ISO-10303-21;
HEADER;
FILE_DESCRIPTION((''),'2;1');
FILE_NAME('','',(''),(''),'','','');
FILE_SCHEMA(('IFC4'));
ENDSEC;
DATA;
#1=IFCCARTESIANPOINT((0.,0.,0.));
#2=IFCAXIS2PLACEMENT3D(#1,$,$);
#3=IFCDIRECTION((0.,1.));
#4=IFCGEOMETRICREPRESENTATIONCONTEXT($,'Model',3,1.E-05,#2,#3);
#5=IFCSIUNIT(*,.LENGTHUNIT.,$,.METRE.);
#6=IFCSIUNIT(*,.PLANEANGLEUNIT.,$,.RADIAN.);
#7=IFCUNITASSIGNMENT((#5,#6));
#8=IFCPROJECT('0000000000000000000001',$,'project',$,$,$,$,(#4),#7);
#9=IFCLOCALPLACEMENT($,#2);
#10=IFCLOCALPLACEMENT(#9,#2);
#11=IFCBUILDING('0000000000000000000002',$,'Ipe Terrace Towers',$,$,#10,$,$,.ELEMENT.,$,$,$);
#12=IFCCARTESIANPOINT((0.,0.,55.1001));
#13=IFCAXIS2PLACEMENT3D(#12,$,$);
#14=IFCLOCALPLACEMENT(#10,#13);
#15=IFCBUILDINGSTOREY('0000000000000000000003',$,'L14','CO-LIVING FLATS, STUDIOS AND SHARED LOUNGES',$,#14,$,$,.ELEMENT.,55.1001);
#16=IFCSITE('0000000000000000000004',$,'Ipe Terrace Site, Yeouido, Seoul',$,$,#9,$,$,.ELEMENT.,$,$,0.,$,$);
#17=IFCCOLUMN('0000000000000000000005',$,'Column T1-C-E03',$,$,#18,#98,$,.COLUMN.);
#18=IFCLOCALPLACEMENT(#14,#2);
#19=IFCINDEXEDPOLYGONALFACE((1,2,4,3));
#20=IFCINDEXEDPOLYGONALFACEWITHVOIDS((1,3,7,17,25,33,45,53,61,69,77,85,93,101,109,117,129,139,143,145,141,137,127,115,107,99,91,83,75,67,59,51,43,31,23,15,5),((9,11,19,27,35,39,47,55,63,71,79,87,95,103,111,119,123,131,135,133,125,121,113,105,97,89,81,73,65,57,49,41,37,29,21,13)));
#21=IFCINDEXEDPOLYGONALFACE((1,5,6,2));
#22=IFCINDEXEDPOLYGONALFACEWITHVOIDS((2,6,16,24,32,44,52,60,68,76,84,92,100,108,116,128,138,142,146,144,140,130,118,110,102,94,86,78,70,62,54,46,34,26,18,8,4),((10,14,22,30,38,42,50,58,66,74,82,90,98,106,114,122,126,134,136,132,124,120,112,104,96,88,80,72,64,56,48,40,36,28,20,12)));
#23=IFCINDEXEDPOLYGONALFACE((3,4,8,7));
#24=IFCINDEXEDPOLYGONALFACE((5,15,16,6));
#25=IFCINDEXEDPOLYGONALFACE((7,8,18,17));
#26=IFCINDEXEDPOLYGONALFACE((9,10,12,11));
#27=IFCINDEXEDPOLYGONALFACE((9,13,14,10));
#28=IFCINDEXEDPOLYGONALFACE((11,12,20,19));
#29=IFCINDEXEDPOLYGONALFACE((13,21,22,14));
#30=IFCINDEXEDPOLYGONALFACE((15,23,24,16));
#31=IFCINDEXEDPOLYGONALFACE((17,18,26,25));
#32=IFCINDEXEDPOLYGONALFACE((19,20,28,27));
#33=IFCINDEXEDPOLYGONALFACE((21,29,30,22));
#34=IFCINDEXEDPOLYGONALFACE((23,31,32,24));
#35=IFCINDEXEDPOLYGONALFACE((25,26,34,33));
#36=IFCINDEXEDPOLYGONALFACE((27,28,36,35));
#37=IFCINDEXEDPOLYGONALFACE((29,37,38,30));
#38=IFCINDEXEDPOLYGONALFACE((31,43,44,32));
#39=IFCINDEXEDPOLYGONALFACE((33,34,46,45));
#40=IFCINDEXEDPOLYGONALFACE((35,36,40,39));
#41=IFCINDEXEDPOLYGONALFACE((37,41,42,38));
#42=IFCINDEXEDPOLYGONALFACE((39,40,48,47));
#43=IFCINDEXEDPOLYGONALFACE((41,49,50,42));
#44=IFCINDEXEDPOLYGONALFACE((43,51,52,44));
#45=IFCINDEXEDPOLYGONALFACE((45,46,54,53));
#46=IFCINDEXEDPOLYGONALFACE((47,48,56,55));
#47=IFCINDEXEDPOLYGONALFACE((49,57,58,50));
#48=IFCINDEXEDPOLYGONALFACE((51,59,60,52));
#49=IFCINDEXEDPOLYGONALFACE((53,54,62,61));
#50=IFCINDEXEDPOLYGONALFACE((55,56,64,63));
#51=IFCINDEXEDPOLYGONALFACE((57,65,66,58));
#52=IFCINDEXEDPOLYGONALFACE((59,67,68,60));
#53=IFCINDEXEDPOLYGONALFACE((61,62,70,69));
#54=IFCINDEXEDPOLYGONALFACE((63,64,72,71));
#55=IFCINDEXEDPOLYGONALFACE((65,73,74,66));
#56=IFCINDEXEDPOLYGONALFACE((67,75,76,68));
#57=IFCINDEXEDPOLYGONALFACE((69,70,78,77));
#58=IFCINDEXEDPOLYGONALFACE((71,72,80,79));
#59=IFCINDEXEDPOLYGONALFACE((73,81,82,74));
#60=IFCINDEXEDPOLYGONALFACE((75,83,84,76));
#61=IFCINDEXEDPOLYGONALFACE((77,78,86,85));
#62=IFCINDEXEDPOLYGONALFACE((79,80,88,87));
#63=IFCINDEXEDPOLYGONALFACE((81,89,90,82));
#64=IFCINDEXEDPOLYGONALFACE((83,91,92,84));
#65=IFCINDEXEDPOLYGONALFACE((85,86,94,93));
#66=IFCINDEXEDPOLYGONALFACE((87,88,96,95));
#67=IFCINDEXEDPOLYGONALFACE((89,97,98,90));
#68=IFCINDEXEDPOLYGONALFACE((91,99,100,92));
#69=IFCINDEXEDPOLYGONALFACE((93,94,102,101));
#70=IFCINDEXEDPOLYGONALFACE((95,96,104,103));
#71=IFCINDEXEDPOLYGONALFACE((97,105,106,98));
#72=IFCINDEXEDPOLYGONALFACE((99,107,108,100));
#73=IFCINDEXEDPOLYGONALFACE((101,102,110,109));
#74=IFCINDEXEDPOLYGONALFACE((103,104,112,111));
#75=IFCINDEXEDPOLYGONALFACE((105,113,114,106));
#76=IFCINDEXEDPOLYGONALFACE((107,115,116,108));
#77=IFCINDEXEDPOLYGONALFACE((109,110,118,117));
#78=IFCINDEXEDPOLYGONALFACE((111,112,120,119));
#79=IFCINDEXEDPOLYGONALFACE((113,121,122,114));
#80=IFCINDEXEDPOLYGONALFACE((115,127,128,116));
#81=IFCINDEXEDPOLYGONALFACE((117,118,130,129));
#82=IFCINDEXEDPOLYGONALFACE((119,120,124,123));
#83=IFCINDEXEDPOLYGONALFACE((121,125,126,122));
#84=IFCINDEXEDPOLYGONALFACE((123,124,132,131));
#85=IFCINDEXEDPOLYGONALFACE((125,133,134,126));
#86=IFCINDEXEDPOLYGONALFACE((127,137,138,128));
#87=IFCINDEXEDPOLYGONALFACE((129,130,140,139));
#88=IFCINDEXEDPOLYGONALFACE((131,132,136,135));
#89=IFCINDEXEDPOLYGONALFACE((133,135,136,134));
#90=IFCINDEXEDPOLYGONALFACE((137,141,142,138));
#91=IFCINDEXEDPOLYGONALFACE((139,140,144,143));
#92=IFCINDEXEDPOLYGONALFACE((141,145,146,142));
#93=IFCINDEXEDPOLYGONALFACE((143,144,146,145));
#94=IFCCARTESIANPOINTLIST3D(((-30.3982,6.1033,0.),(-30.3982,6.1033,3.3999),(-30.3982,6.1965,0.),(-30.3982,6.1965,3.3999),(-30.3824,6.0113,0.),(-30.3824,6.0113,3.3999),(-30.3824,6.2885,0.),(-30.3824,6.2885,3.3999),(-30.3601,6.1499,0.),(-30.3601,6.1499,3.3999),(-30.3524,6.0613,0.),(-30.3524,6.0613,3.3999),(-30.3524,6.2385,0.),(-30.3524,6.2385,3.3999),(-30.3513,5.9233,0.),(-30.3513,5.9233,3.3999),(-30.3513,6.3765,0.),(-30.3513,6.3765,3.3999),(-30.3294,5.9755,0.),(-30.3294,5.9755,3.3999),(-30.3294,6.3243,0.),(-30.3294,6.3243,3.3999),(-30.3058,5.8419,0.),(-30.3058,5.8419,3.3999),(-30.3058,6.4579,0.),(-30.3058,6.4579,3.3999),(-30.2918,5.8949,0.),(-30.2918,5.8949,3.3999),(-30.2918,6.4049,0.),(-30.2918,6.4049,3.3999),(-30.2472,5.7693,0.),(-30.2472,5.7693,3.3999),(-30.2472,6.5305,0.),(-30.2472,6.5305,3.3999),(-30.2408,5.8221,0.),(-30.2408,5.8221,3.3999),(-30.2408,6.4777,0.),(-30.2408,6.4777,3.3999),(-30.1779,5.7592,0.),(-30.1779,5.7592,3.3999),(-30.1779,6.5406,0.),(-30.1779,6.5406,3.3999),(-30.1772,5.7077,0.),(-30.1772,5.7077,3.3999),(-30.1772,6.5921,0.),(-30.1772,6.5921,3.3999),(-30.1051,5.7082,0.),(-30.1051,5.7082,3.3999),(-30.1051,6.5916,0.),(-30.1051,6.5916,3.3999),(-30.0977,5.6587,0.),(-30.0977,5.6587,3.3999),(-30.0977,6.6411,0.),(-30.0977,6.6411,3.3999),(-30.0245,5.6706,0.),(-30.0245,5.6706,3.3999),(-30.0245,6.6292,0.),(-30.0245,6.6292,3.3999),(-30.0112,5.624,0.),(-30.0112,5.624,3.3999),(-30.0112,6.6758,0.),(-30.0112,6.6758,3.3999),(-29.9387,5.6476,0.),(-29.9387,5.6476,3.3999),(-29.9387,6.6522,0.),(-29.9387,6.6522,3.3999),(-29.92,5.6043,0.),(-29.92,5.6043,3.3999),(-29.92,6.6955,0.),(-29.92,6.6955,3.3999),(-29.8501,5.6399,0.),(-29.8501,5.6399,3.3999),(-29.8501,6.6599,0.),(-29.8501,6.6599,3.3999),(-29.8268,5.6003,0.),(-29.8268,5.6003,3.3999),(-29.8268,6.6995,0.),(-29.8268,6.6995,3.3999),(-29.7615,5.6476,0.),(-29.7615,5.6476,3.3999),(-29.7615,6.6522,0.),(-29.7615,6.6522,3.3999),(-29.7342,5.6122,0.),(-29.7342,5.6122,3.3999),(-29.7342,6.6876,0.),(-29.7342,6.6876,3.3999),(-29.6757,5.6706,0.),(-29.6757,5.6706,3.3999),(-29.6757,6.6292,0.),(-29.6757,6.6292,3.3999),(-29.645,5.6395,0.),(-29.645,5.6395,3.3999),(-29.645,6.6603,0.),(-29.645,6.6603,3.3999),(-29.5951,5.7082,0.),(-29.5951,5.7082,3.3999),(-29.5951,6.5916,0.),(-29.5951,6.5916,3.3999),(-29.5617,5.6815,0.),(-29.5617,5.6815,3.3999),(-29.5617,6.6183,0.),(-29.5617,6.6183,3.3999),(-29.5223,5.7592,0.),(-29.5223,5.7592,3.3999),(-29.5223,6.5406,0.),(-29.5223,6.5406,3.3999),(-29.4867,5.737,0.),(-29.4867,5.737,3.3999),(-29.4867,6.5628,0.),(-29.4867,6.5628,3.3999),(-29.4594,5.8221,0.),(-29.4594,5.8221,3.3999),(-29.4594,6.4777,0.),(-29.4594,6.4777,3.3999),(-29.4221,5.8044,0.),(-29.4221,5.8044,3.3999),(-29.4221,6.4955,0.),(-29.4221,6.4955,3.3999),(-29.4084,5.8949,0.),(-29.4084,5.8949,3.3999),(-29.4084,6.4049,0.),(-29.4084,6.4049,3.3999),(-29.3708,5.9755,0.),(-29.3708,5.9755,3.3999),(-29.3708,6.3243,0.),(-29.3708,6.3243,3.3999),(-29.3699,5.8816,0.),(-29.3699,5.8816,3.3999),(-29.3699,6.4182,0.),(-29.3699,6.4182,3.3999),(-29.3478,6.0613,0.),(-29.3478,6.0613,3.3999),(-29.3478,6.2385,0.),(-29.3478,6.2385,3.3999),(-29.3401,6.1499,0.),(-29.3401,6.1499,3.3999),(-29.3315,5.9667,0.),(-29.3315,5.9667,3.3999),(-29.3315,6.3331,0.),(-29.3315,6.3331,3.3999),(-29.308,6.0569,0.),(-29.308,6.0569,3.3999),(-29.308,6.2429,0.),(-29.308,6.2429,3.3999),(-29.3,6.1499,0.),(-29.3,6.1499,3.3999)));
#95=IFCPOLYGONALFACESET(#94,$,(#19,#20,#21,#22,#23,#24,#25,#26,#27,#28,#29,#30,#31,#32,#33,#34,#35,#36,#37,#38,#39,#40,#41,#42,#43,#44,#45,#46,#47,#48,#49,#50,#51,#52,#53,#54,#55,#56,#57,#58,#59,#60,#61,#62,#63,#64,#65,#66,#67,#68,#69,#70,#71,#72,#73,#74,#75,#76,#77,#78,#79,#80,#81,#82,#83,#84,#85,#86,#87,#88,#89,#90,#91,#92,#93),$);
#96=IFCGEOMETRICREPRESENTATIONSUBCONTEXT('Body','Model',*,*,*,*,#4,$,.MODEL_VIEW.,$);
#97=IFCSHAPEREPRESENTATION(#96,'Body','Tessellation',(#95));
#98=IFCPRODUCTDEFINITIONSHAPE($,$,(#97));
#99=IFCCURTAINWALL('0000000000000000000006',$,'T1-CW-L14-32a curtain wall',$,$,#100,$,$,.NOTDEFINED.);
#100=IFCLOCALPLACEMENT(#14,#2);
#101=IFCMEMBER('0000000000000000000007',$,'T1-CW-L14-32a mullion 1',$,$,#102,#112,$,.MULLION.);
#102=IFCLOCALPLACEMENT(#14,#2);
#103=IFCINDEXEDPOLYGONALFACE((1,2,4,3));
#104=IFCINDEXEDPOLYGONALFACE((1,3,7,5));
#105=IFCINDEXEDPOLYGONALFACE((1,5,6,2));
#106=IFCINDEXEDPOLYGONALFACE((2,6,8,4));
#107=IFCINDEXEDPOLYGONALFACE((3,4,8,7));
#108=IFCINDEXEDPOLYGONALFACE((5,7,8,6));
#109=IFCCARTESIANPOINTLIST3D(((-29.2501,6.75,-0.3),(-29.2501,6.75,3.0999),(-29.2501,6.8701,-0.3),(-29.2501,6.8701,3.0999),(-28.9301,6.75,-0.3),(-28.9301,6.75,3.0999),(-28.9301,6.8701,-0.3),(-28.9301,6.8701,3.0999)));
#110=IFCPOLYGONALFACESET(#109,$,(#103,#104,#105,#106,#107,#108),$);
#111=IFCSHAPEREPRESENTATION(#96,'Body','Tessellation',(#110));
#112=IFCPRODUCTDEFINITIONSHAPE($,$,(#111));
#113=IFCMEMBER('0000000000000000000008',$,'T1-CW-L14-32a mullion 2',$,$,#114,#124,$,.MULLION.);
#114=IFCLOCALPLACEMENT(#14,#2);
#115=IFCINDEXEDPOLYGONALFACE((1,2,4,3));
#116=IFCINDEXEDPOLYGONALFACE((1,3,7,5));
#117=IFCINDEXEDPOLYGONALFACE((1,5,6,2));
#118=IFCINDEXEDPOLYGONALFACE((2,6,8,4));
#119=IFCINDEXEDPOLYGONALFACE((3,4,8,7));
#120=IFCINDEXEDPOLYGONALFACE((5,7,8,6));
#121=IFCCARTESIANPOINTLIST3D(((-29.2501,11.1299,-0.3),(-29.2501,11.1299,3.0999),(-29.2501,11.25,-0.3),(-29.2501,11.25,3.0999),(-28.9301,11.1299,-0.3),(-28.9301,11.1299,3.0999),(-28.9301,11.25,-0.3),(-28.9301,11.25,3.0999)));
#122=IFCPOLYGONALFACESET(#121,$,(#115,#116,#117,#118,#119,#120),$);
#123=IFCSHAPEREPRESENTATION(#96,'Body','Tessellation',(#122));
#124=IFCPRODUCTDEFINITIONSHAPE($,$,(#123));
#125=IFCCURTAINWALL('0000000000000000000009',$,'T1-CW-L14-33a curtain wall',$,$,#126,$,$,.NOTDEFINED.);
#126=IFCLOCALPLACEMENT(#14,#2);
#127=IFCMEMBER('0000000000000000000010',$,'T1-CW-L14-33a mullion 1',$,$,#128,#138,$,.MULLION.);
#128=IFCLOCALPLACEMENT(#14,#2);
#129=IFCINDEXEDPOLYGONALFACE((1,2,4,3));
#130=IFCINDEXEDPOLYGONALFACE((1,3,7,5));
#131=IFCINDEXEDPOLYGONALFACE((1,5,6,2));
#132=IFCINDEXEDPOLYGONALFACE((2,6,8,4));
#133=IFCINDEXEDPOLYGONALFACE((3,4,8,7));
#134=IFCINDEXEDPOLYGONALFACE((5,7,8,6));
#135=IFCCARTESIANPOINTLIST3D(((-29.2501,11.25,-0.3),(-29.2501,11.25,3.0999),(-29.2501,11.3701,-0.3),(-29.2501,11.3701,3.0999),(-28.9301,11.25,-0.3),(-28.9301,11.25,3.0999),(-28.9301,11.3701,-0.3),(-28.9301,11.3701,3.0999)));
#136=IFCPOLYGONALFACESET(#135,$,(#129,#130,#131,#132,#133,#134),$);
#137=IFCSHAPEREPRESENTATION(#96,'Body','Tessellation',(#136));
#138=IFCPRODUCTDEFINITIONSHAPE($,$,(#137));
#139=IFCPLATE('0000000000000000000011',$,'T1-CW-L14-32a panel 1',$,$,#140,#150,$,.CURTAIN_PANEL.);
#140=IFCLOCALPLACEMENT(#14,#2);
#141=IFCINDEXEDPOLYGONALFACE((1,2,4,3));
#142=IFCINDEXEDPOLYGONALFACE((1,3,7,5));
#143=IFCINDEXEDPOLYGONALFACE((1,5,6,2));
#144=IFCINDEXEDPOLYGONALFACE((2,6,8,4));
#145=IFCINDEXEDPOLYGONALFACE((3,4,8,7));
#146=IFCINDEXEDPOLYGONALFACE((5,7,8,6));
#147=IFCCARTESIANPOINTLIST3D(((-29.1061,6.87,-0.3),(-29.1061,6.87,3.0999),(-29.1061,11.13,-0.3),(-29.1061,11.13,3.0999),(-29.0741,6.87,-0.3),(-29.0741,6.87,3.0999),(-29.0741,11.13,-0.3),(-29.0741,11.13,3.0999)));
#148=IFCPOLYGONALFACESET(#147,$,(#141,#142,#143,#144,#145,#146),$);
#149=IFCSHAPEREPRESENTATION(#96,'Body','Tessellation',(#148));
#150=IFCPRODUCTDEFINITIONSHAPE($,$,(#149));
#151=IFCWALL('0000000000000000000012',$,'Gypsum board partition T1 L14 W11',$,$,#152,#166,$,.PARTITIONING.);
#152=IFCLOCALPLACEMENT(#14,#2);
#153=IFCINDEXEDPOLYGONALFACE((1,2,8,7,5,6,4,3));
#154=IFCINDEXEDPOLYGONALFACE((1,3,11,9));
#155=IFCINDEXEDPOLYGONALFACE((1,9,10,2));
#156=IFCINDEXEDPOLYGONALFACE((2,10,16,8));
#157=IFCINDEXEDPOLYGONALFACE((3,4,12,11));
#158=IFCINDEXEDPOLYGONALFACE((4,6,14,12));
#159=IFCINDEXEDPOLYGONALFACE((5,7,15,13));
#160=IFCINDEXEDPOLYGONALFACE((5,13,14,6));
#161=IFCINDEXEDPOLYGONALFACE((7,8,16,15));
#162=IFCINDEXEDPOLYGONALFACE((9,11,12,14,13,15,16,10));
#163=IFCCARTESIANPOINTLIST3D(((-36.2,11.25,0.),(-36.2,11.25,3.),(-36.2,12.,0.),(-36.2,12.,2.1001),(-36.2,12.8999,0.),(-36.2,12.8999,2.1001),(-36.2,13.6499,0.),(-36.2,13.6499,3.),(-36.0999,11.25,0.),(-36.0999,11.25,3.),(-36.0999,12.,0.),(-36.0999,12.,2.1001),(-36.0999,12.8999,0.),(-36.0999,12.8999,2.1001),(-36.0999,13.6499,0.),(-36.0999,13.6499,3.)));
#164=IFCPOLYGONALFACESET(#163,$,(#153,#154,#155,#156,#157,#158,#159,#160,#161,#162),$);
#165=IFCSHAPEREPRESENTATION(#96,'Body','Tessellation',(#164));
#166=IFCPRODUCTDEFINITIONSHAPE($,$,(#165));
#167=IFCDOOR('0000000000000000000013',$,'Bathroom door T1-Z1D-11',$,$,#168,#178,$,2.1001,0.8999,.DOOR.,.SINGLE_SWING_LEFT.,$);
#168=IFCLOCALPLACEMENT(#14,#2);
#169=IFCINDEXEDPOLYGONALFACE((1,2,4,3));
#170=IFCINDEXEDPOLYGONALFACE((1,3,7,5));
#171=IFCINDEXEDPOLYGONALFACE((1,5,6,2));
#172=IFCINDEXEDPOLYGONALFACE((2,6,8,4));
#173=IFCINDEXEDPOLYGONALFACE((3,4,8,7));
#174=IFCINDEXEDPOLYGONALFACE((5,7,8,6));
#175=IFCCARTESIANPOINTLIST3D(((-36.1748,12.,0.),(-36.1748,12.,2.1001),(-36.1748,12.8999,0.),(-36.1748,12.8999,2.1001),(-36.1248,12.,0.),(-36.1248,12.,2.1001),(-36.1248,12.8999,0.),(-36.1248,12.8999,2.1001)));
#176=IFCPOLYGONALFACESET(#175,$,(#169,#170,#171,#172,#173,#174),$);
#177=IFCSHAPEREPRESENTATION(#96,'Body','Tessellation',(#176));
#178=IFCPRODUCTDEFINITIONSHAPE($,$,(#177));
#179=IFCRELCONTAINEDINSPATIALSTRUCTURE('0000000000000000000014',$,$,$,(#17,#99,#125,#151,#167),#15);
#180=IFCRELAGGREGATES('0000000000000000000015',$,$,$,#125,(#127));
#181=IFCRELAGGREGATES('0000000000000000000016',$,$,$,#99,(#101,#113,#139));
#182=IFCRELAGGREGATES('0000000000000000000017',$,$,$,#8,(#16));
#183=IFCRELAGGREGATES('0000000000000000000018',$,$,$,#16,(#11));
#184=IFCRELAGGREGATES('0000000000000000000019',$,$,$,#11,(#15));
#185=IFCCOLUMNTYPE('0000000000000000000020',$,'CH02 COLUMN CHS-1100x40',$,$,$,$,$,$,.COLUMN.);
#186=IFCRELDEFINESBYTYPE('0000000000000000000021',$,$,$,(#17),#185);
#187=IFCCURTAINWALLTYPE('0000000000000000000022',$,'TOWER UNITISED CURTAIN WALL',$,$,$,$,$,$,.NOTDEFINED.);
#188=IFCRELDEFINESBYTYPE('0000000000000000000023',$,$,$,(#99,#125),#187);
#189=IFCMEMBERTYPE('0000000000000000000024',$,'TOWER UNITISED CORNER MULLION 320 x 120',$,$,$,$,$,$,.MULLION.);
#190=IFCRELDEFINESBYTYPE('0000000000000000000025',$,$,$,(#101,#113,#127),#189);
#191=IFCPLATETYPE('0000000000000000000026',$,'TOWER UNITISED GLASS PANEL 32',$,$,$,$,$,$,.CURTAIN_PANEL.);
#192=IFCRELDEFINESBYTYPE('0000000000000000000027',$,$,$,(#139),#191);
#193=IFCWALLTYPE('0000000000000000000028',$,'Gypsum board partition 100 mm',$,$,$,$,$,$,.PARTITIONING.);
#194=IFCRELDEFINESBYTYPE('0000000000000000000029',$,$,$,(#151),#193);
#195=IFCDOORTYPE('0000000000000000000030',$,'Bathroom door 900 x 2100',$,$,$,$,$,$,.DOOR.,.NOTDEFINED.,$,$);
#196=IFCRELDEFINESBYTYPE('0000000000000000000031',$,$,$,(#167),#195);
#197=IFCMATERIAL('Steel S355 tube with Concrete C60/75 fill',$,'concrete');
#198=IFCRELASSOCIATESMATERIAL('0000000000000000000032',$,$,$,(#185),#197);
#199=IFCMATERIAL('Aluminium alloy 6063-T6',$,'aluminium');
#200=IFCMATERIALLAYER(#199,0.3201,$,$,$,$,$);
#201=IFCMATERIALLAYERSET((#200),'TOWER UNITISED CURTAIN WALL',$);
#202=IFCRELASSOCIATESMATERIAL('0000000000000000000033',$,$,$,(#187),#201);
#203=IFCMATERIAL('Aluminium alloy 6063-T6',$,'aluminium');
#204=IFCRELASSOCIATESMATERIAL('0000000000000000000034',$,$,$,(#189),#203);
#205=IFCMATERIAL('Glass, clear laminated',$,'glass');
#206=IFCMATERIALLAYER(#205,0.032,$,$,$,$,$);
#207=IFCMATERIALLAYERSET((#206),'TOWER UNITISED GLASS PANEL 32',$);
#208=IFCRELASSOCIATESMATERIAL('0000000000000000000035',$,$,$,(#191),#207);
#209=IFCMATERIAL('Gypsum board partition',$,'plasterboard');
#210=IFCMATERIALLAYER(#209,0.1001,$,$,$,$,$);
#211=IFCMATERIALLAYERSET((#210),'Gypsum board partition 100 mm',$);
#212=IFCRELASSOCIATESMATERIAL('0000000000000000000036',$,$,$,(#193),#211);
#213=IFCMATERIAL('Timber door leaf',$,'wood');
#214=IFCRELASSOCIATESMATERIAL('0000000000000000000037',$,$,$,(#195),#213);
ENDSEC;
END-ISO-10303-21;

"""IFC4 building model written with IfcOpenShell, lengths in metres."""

from ifc_helpers import new_model, si_unit, direction, frame, frame_2d, origin, origin_2d, place, context, subcontext, project, spatial, rectangle, hollow_circle, extrude, material, layer, layer_set, material_profile, profile_set, type_object, element, fill, aggregate, save


model = new_model("IFC4")

# Units and contexts
model_context = context("Model", 3, precision=1e-05, world=origin(), true_north=direction((0.0, 1.0)))
body_context = subcontext(model_context, "Body", "Model", "MODEL_VIEW")
ifc_project = project(units=[si_unit("LENGTHUNIT", "METRE"), si_unit("PLANEANGLEUNIT", "RADIAN")], contexts=[model_context])

# Site, building, storey
site_placement = place(None, origin())
site = spatial("IfcSite", under=ifc_project, at=site_placement, Name="Ipe Terrace Site, Yeouido, Seoul", CompositionType="ELEMENT", RefElevation=0.0)
building_placement = place(site_placement, origin())
building = spatial("IfcBuilding", under=site, at=building_placement, Name="Ipe Terrace Towers", CompositionType="ELEMENT")
storey_placement = place(building_placement, frame((0.0, 0.0, 55.1001)))
storey = spatial("IfcBuildingStorey", under=building, at=storey_placement, Name="L14", Description="CO-LIVING FLATS, STUDIOS AND SHARED LOUNGES", CompositionType="ELEMENT", Elevation=55.1001)

# Column
ifc_material_1 = material(Name="Steel S355 tube with Concrete C60/75 fill", Category="concrete")
ifc_material_profile_1 = material_profile(ifc_material_1, hollow_circle(Radius=0.55, WallThickness=0.04, at=origin_2d()), Name="CHS-1100x40")
ifc_profile_set_1 = profile_set([ifc_material_profile_1], Name="Steel S355 tube with Concrete C60/75 fill")
column_type = type_object("IfcColumnType", Name="CH02 COLUMN CHS-1100x40", PredefinedType="COLUMN", material=ifc_profile_set_1)
column_placement = place(storey_placement, frame((-29.8501, 6.1499, 0.0), z_axis=(0.0, 0.0, 1.0), x_axis=(1.0, 0.0, 0.0)))
element("IfcColumn", 1, at=column_placement, inside=storey, type_object=column_type, Name="Column T1-C-E03", PredefinedType="COLUMN", context=body_context, shape_type="SweptSolid", body=[
    extrude(hollow_circle(Radius=0.55, WallThickness=0.04, at=origin_2d()), origin(), (0.0, 0.0, 1.0), 3.3999),
])

# Curtain wall, members
ifc_material_2 = material(Name="Aluminium alloy 6063-T6", Category="aluminium")
ifc_layer_1 = layer(ifc_material_2, 0.3201)
ifc_layer_set_1 = layer_set([ifc_layer_1], Name="TOWER UNITISED CURTAIN WALL")
curtain_wall_type = type_object("IfcCurtainWallType", Name="TOWER UNITISED CURTAIN WALL", PredefinedType="NOTDEFINED", material=ifc_layer_set_1)
curtain_wall_1_placement = place(storey_placement, origin())
curtain_wall_1 = element("IfcCurtainWall", 2, at=curtain_wall_1_placement, inside=storey, type_object=curtain_wall_type, Name="T1-CW-L14-32a curtain wall", PredefinedType="NOTDEFINED")
ifc_material_3 = material(Name="Aluminium alloy 6063-T6", Category="aluminium")
ifc_material_profile_2 = material_profile(ifc_material_3, rectangle(XDim=0.3201, YDim=0.1201, at=origin_2d()), Name="TOWER UNITISED CORNER MULLION 320 x 120")
ifc_profile_set_2 = profile_set([ifc_material_profile_2], Name="Aluminium alloy 6063-T6")
member_type = type_object("IfcMemberType", Name="TOWER UNITISED CORNER MULLION 320 x 120", PredefinedType="MULLION", material=ifc_profile_set_2)
member_1_placement = place(storey_placement, frame((-29.0901, 6.8101, -0.3), z_axis=(0.0, 0.0, 1.0), x_axis=(1.0, 0.0, 0.0)))
member_1 = element("IfcMember", 3, at=member_1_placement, type_object=member_type, Name="T1-CW-L14-32a mullion 1", PredefinedType="MULLION", context=body_context, shape_type="SweptSolid", body=[
    extrude(rectangle(XDim=0.3201, YDim=0.1201, at=origin_2d()), origin(), (0.0, 0.0, 1.0), 3.3999),
])
member_2_placement = place(storey_placement, frame((-29.0901, 11.1899, -0.3), z_axis=(0.0, 0.0, 1.0), x_axis=(1.0, 0.0, 0.0)))
member_2 = element("IfcMember", 4, at=member_2_placement, type_object=member_type, Name="T1-CW-L14-32a mullion 2", PredefinedType="MULLION", context=body_context, shape_type="SweptSolid", body=[
    extrude(rectangle(XDim=0.3201, YDim=0.1201, at=origin_2d()), origin(), (0.0, 0.0, 1.0), 3.3999),
])

# Curtain wall, member
curtain_wall_2_placement = place(storey_placement, origin())
curtain_wall_2 = element("IfcCurtainWall", 5, at=curtain_wall_2_placement, inside=storey, type_object=curtain_wall_type, Name="T1-CW-L14-33a curtain wall", PredefinedType="NOTDEFINED")
member_3_placement = place(storey_placement, frame((-29.0901, 11.3101, -0.3), z_axis=(0.0, 0.0, 1.0), x_axis=(1.0, 0.0, 0.0)))
member_3 = element("IfcMember", 6, at=member_3_placement, type_object=member_type, Name="T1-CW-L14-33a mullion 1", PredefinedType="MULLION", context=body_context, shape_type="SweptSolid", body=[
    extrude(rectangle(XDim=0.3201, YDim=0.1201, at=origin_2d()), origin(), (0.0, 0.0, 1.0), 3.3999),
])
aggregate(curtain_wall_2, [member_3])

# Plate
ifc_material_4 = material(Name="Glass, clear laminated", Category="glass")
ifc_layer_2 = layer(ifc_material_4, 0.032)
ifc_layer_set_2 = layer_set([ifc_layer_2], Name="TOWER UNITISED GLASS PANEL 32")
plate_type = type_object("IfcPlateType", Name="TOWER UNITISED GLASS PANEL 32", PredefinedType="CURTAIN_PANEL", material=ifc_layer_set_2)
plate_placement = place(storey_placement, frame((-29.0901, 9.0, -0.3), z_axis=(0.0, 0.0, 1.0), x_axis=(0.0, 1.0, 0.0)))
plate = element("IfcPlate", 7, at=plate_placement, type_object=plate_type, Name="T1-CW-L14-32a panel 1", PredefinedType="CURTAIN_PANEL", context=body_context, shape_type="SweptSolid", body=[
    extrude(rectangle(XDim=4.26, YDim=0.032, at=origin_2d()), origin(), (0.0, 0.0, 1.0), 3.3999),
])
aggregate(curtain_wall_1, [member_1, member_2, plate])

# Wall, opening, door
ifc_material_5 = material(Name="Gypsum board partition", Category="plasterboard")
ifc_layer_3 = layer(ifc_material_5, 0.1001)
ifc_layer_set_3 = layer_set([ifc_layer_3], Name="Gypsum board partition 100 mm")
wall_type_1 = type_object("IfcWallType", Name="Gypsum board partition 100 mm", PredefinedType="PARTITIONING", material=ifc_layer_set_3)
wall_1_placement = place(storey_placement, frame((-36.1499, 11.25, 0.0), z_axis=(0.0, 0.0, 1.0), x_axis=(0.0, 1.0, 0.0)))
wall_1 = element("IfcWall", 8, at=wall_1_placement, inside=storey, type_object=wall_type_1, Name="Gypsum board partition T1 L14 W11", PredefinedType="PARTITIONING", context=body_context, shape_type="SweptSolid", body=[
    extrude(rectangle(XDim=2.3999, YDim=0.1001, at=frame_2d((1.2, 0.0))), origin(), (0.0, 0.0, 1.0), 3.0),
])
opening_1_placement = place(wall_1_placement, frame((0.75, 0.0, 0.0)))
opening_1 = element("IfcOpeningElement", 9, at=opening_1_placement, cuts=wall_1, PredefinedType="OPENING", context=body_context, shape_type="SweptSolid", body=[
    extrude(rectangle(XDim=0.8999, YDim=2.1001, at=frame_2d((0.45, 1.05))), frame((0.0, 0.0601, 0.0), z_axis=(0.0, -1.0, 0.0), x_axis=(1.0, 0.0, 0.0)), (0.0, 0.0, 1.0), 0.1201),
])
ifc_material_6 = material(Name="Timber door leaf", Category="wood")
door_type_1 = type_object("IfcDoorType", Name="Bathroom door 900 x 2100", OperationType="NOTDEFINED", PredefinedType="DOOR", material=ifc_material_6)
door_1_placement = place(opening_1_placement, origin())
door_1 = element("IfcDoor", 10, at=door_1_placement, inside=storey, type_object=door_type_1, Name="Bathroom door T1-Z1D-11", OperationType="SINGLE_SWING_LEFT", OverallHeight=2.1001, OverallWidth=0.8999, PredefinedType="DOOR", context=body_context, shape_type="SweptSolid", body=[
    extrude(rectangle(XDim=0.8999, YDim=2.1001, at=frame_2d((0.45, 1.05))), frame((0.0, 0.0249, 0.0), z_axis=(0.0, -1.0, 0.0), x_axis=(1.0, 0.0, 0.0)), (0.0, 0.0, 1.0), 0.05),
])
fill(opening_1, door_1)

save(model, "model.ifc")
